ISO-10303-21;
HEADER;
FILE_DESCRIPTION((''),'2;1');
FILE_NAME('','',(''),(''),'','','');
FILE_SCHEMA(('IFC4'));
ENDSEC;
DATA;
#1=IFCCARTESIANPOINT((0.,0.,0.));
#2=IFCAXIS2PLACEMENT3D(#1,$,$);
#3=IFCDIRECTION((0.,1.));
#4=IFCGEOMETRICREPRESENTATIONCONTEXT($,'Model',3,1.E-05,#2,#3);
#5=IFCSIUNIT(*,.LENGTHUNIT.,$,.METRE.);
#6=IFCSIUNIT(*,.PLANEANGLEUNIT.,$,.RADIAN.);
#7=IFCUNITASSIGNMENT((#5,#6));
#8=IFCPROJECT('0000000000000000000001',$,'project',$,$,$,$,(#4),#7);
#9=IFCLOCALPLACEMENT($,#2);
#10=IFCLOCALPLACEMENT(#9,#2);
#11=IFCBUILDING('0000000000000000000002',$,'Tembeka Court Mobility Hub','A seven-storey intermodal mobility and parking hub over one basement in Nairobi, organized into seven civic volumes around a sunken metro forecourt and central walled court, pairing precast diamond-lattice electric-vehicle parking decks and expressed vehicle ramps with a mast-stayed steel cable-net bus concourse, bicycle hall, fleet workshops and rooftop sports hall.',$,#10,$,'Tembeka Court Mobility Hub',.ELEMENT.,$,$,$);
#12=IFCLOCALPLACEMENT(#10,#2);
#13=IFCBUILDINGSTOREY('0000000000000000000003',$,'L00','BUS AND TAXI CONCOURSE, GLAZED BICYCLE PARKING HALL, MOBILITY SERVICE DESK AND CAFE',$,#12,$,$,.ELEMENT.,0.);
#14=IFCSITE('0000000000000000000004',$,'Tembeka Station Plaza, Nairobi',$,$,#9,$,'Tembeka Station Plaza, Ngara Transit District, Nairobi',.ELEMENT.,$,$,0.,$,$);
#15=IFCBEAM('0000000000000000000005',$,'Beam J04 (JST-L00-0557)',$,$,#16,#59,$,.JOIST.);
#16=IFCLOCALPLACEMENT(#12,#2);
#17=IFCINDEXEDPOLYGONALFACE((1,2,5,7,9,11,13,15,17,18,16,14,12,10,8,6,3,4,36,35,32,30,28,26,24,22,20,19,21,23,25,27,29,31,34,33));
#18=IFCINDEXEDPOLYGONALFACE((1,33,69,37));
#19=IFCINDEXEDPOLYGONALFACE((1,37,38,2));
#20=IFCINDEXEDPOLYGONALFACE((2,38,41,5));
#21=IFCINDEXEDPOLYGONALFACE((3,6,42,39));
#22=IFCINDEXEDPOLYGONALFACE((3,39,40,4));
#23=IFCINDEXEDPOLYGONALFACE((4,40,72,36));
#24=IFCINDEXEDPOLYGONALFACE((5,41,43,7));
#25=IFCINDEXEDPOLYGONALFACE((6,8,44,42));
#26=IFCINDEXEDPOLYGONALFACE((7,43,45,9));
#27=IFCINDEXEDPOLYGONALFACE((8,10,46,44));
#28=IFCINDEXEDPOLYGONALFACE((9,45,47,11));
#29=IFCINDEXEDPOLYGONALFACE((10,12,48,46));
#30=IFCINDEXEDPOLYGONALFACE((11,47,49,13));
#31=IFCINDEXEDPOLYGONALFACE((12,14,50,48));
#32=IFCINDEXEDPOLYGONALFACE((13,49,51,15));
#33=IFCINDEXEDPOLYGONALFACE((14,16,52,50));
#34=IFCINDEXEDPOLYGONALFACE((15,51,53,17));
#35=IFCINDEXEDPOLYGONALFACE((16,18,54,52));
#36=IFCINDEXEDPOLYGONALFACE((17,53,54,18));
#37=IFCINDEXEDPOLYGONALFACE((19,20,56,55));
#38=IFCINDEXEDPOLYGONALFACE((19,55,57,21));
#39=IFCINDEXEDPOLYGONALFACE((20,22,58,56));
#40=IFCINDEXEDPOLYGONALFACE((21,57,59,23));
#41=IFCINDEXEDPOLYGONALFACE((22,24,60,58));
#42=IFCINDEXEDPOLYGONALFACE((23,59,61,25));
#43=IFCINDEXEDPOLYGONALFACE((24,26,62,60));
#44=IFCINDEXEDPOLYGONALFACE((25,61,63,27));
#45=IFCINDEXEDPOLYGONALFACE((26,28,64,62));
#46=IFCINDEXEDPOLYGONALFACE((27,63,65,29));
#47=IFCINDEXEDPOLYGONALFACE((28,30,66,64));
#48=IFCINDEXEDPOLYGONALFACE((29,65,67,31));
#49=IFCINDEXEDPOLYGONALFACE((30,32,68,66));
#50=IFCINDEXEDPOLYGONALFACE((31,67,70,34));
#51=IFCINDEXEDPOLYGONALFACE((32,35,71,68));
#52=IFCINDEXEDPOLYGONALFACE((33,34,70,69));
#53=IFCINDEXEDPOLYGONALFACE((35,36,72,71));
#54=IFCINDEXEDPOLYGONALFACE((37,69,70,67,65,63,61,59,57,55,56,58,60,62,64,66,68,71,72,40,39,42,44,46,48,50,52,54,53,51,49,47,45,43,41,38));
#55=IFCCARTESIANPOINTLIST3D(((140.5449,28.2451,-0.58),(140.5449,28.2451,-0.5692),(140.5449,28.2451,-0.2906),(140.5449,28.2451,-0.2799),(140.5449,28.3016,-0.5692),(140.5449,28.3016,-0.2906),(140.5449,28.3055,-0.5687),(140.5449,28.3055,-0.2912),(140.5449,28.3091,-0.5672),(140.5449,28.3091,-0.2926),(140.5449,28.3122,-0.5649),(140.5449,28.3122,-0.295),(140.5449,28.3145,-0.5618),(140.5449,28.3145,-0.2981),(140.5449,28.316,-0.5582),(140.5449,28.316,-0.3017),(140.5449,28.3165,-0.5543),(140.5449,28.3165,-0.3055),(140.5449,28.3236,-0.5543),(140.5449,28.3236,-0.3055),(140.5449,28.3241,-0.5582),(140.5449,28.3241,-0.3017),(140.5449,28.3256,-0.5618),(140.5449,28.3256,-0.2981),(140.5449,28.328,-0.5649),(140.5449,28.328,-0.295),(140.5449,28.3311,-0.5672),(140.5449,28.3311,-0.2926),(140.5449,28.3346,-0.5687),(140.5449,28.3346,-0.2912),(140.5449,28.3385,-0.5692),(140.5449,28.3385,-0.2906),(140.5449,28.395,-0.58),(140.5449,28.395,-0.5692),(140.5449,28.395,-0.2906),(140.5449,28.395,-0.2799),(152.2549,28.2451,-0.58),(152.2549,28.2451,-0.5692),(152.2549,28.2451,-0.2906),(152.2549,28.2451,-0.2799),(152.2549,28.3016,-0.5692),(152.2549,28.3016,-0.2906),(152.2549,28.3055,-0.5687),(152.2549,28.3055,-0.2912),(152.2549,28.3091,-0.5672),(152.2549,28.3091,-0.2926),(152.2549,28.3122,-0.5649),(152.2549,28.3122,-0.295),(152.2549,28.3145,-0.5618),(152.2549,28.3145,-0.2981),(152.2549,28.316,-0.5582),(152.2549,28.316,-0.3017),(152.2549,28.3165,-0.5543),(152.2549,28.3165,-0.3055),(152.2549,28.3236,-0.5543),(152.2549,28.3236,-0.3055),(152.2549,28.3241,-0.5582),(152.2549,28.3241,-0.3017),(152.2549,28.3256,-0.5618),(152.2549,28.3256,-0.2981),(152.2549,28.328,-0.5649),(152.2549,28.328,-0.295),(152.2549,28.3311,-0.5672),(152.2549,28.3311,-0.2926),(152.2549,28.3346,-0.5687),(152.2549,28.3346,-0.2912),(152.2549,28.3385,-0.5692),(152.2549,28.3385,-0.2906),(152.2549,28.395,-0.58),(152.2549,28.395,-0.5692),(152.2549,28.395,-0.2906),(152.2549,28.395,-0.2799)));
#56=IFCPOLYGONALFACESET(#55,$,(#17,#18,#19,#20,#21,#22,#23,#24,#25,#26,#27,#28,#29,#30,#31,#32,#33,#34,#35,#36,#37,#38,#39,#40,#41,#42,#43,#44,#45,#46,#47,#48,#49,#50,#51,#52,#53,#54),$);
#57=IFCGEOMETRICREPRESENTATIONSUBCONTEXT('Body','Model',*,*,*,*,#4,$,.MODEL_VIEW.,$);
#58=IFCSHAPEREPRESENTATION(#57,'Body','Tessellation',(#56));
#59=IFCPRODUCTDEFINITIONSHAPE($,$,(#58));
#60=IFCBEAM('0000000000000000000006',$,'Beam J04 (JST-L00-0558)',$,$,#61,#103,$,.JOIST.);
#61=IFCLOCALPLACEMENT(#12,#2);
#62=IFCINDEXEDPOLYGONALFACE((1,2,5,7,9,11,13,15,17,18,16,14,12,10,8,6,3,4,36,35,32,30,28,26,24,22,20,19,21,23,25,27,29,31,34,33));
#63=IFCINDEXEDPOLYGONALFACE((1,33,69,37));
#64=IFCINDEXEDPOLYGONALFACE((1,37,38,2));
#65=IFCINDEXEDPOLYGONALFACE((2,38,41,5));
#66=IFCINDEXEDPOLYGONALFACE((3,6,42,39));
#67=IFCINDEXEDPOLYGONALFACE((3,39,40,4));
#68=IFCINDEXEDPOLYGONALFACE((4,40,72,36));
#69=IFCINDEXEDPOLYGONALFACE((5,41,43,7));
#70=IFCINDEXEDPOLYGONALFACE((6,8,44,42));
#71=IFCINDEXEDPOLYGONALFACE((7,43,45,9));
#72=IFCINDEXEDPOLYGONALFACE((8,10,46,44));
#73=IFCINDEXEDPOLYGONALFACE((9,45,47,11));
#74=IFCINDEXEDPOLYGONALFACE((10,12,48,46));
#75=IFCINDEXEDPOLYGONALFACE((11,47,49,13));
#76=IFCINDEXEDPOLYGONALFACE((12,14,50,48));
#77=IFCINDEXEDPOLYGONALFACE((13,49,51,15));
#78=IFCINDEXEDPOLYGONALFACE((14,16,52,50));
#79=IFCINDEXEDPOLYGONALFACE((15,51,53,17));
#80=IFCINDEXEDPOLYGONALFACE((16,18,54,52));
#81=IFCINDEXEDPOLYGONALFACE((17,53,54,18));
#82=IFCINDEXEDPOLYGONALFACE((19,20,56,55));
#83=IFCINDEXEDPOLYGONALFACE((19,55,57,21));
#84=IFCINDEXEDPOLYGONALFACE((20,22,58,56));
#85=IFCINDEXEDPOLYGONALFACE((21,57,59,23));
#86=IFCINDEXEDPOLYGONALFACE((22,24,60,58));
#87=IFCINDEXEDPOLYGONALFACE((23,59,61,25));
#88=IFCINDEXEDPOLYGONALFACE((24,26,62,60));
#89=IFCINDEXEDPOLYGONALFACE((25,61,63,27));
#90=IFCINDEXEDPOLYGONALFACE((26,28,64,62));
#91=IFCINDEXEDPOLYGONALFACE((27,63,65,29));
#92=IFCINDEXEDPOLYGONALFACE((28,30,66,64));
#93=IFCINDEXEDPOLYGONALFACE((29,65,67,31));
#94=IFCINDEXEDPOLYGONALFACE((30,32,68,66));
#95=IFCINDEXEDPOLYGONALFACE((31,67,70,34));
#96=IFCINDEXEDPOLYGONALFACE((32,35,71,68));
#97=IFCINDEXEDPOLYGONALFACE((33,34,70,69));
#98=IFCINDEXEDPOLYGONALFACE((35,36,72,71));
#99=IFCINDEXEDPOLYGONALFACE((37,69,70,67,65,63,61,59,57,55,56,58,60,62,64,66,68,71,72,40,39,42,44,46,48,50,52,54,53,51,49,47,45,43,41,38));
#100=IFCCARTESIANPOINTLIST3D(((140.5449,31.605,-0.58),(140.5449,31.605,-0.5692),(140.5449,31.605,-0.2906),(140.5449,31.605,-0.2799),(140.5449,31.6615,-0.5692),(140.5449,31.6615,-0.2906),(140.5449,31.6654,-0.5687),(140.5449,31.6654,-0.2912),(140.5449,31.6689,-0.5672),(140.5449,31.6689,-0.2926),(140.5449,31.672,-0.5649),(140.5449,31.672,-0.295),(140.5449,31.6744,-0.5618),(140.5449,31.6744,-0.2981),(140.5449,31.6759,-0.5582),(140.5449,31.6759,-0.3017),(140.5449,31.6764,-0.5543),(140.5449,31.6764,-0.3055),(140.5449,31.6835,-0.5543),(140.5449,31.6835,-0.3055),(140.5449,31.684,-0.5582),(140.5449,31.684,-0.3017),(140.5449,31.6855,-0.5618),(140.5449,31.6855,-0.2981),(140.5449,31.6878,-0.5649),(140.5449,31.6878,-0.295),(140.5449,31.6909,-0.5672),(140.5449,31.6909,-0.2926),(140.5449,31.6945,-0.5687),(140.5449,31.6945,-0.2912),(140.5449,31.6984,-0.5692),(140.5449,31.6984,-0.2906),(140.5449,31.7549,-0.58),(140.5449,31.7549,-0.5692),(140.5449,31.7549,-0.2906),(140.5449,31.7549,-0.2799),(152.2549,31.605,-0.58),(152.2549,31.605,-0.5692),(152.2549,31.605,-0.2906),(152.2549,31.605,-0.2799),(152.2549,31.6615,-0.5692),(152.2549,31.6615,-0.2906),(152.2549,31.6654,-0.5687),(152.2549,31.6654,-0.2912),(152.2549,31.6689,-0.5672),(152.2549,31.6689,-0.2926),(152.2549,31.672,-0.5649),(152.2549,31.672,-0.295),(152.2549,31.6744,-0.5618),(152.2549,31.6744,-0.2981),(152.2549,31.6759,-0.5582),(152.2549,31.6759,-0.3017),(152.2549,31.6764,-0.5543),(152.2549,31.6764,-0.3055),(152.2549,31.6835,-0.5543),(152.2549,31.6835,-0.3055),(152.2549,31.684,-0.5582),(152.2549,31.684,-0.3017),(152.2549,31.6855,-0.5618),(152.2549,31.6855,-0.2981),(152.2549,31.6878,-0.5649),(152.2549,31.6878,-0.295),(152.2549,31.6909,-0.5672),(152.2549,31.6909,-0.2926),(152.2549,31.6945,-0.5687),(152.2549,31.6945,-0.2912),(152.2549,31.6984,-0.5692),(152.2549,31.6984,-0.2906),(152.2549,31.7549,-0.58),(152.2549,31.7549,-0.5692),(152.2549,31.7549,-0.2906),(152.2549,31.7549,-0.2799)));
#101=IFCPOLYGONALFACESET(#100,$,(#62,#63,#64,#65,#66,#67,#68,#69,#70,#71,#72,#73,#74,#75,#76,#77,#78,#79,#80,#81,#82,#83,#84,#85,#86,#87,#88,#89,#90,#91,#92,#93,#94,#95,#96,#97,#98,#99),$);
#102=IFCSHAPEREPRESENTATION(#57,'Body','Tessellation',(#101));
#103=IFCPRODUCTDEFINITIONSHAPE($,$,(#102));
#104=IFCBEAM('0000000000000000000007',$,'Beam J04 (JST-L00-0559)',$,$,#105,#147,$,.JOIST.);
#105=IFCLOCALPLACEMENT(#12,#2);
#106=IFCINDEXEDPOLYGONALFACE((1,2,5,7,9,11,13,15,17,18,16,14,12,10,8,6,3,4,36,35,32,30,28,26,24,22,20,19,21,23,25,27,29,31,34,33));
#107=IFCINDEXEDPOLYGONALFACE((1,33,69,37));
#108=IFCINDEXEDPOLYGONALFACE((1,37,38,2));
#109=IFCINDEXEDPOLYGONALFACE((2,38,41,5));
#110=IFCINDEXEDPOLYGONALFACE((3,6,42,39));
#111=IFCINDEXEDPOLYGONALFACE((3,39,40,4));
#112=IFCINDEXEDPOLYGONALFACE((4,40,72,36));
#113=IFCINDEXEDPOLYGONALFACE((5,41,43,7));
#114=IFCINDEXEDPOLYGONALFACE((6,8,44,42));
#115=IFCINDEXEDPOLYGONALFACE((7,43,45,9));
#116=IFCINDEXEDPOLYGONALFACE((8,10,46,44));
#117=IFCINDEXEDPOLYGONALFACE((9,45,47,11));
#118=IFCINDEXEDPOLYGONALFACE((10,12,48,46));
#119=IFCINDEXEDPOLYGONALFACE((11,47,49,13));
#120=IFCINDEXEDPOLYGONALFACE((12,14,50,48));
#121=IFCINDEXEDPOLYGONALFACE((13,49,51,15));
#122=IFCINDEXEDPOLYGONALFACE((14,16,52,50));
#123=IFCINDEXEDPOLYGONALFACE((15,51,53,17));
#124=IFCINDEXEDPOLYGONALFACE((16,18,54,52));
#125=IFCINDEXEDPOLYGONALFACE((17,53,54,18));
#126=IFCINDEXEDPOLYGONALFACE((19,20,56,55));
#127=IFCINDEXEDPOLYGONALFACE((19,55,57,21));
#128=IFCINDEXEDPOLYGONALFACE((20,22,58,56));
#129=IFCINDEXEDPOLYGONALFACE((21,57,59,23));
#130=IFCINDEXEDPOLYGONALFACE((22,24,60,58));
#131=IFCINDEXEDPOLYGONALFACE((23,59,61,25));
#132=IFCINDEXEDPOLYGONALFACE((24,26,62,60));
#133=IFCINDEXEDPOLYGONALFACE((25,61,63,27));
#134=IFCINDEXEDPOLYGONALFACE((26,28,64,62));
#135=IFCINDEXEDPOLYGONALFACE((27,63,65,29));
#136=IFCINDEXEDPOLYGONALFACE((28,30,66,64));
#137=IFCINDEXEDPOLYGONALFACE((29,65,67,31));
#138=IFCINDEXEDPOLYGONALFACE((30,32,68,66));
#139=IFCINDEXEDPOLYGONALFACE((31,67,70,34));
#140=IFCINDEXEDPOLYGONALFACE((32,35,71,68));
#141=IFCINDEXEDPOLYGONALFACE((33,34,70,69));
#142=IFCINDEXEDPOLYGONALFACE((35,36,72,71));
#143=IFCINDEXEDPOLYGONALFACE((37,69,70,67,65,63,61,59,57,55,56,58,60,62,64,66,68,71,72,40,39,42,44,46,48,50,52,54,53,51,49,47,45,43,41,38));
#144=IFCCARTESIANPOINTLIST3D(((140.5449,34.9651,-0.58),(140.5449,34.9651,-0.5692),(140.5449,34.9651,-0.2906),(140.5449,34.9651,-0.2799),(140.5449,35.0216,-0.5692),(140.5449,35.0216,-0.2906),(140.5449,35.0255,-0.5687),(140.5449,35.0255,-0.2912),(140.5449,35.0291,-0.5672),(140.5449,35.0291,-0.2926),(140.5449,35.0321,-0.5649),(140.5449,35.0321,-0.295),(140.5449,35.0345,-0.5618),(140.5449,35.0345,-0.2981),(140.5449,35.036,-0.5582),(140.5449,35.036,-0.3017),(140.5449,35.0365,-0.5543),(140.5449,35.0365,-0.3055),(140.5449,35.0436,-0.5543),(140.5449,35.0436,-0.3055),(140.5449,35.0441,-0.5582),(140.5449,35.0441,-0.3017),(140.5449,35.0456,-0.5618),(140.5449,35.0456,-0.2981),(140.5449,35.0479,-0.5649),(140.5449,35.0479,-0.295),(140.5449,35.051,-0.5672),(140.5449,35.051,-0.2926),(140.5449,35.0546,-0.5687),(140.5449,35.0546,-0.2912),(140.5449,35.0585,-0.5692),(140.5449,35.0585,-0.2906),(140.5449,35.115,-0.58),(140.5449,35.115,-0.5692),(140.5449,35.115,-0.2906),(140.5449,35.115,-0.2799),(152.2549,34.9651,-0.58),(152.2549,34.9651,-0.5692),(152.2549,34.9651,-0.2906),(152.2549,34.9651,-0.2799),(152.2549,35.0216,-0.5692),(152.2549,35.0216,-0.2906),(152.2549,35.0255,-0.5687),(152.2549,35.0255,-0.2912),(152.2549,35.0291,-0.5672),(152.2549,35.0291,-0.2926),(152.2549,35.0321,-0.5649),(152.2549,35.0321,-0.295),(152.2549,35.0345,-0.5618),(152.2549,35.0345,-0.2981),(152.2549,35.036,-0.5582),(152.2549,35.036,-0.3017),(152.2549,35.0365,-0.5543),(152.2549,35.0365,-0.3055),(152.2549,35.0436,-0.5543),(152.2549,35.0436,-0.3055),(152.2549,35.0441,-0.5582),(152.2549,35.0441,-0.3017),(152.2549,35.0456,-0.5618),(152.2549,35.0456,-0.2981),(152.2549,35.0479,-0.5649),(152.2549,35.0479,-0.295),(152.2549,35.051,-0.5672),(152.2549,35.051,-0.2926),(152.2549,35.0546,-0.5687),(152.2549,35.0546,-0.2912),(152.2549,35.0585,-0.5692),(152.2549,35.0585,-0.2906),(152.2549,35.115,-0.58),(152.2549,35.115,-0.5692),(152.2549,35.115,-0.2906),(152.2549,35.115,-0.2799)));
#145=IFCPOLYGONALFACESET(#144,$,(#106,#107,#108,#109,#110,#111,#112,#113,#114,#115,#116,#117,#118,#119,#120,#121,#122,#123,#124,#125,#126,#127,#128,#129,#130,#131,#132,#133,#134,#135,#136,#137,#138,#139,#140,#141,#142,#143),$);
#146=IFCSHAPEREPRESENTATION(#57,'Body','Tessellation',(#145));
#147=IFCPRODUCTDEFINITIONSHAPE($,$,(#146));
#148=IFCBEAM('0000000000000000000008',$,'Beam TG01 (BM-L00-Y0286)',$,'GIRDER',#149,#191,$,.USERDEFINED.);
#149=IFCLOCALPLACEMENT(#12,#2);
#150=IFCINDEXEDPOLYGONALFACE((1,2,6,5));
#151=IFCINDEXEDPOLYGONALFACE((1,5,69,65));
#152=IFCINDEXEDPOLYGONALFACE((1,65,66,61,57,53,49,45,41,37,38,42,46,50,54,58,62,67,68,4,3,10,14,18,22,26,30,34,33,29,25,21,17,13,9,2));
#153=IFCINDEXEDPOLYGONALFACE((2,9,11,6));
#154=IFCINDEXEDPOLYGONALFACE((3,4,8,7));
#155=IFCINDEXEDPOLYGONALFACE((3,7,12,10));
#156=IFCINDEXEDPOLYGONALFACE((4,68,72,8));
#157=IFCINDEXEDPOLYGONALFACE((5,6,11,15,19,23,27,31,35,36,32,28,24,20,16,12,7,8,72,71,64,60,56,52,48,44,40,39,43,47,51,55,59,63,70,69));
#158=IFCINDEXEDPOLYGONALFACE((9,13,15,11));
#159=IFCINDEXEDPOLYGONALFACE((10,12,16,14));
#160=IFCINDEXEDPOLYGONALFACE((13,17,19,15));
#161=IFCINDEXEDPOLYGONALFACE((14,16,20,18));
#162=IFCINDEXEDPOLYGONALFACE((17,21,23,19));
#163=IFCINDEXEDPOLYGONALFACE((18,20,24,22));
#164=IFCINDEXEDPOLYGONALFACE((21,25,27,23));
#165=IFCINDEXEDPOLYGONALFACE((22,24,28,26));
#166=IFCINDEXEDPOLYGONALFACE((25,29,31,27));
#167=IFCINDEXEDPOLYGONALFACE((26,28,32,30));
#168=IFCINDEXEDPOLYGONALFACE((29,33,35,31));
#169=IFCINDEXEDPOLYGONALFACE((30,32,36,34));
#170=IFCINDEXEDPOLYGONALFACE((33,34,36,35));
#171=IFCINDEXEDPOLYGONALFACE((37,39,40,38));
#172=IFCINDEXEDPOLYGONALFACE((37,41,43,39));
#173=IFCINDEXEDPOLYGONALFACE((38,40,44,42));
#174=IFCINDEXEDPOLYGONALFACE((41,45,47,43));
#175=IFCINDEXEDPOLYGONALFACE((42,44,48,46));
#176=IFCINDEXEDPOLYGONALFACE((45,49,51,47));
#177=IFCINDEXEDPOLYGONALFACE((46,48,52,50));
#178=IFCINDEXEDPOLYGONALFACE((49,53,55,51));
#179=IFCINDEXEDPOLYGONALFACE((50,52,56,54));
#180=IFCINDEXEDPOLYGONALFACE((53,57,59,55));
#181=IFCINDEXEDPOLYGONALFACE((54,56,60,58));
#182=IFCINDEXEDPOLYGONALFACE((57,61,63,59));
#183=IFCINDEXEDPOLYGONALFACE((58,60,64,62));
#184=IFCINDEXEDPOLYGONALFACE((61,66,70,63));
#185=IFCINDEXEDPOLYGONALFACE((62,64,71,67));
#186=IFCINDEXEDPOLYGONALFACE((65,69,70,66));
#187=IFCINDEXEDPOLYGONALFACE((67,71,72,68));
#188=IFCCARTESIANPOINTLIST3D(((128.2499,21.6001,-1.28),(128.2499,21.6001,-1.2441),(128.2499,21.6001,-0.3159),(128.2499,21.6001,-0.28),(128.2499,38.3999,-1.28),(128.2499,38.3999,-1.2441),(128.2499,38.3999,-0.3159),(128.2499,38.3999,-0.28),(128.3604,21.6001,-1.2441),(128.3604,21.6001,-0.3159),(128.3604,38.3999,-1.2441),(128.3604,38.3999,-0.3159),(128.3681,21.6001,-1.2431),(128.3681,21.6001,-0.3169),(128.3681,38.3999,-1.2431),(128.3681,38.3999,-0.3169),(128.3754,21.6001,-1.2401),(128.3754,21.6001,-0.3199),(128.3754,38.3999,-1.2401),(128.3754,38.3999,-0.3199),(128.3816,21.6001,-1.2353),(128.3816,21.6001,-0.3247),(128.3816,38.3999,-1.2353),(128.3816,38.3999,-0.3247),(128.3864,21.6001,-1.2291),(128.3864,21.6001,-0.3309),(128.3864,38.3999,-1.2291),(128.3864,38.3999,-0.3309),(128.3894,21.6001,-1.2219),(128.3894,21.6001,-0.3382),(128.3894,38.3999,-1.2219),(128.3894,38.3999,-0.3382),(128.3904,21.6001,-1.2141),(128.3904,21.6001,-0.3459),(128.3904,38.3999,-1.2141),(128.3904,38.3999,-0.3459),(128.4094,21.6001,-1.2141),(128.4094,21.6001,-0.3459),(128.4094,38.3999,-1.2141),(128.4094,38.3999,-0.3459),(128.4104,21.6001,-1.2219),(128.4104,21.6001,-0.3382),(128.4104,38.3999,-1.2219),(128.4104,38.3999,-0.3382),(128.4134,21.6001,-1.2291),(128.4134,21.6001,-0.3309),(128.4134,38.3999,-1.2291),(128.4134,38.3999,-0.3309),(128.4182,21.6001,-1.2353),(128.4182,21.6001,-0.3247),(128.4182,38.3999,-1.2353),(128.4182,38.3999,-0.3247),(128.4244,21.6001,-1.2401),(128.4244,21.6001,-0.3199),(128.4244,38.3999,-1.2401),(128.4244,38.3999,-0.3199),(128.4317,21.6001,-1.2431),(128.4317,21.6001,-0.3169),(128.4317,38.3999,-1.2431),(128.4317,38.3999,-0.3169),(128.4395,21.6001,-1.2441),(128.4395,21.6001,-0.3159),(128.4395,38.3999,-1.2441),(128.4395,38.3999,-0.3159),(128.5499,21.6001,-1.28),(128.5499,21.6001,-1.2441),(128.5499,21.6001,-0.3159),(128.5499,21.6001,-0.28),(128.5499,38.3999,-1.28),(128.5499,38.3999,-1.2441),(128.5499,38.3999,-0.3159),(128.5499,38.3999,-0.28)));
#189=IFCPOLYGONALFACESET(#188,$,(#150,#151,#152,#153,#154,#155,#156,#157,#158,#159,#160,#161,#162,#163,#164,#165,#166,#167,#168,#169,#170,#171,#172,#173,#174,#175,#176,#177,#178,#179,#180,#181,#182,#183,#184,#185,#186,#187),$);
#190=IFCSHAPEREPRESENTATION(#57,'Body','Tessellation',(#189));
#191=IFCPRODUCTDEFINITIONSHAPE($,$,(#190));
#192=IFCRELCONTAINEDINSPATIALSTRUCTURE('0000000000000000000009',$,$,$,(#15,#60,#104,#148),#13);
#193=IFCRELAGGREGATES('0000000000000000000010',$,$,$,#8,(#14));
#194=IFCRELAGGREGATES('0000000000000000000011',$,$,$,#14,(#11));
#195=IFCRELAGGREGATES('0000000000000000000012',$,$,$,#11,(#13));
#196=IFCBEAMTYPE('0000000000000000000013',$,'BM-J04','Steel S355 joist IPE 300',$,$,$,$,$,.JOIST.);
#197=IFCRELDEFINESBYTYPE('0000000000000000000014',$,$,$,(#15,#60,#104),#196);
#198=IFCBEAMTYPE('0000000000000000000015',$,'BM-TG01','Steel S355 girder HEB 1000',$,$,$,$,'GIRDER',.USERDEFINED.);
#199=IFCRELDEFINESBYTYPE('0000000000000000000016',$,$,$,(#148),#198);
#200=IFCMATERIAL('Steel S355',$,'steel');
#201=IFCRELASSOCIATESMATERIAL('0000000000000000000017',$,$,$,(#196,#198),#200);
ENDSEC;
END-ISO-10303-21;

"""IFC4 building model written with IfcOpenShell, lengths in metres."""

from ifc_helpers import new_model, si_unit, direction, frame, origin, origin_2d, place, context, subcontext, project, spatial, i_section, extrude, material, material_profile, profile_set, type_object, element, save


model = new_model("IFC4")

# Units and contexts
model_context = context("Model", 3, precision=1e-05, world=origin(), true_north=direction((0.0, 1.0)))
body_context = subcontext(model_context, "Body", "Model", "MODEL_VIEW")
ifc_project = project(units=[si_unit("LENGTHUNIT", "METRE"), si_unit("PLANEANGLEUNIT", "RADIAN")], contexts=[model_context])

# Site, building, storey
site_placement = place(None, origin())
site = spatial("IfcSite", under=ifc_project, at=site_placement, Name="Tembeka Station Plaza, Nairobi", LongName="Tembeka Station Plaza, Ngara Transit District, Nairobi", CompositionType="ELEMENT", RefElevation=0.0)
building_placement = place(site_placement, origin())
building = spatial("IfcBuilding", under=site, at=building_placement, Name="Tembeka Court Mobility Hub", Description="A seven-storey intermodal mobility and parking hub over one basement in Nairobi, organized into seven civic volumes around a sunken metro forecourt and central walled court, pairing precast diamond-lattice electric-vehicle parking decks and expressed vehicle ramps with a mast-stayed steel cable-net bus concourse, bicycle hall, fleet workshops and rooftop sports hall.", LongName="Tembeka Court Mobility Hub", CompositionType="ELEMENT")
storey_placement = place(building_placement, origin())
storey = spatial("IfcBuildingStorey", under=building, at=storey_placement, Name="L00", Description="BUS AND TAXI CONCOURSE, GLAZED BICYCLE PARKING HALL, MOBILITY SERVICE DESK AND CAFE", CompositionType="ELEMENT", Elevation=0.0)

# Shared definitions
ifc_material_1 = material(Name="Steel S355", Category="steel")

# Beams
ifc_material_profile_1 = material_profile(ifc_material_1, i_section(OverallWidth=0.1499, OverallDepth=0.3, WebThickness=0.0071, FlangeThickness=0.0107, FilletRadius=0.0149, at=origin_2d()), Name="IPE 300")
ifc_profile_set_1 = profile_set([ifc_material_profile_1], Name="Steel S355")
beam_type_1 = type_object("IfcBeamType", Name="BM-J04", Description="Steel S355 joist IPE 300", PredefinedType="JOIST", material=ifc_profile_set_1)
for number, where, z_axis, x_axis, name in (
    (1, (140.5449, 28.3201, -0.4299), (1.0, 0.0, 0.0), (0.0, 1.0, 0.0), "Beam J04 (JST-L00-0557)"),
    (2, (140.5449, 31.6799, -0.4299), (1.0, 0.0, 0.0), (0.0, 1.0, 0.0), "Beam J04 (JST-L00-0558)"),
    (3, (140.5449, 35.04, -0.4299), (1.0, 0.0, 0.0), (0.0, 1.0, 0.0), "Beam J04 (JST-L00-0559)"),
):
    element("IfcBeam", number, at=place(storey_placement, frame(where, z_axis=z_axis, x_axis=x_axis)), inside=storey, type_object=beam_type_1, Name=name, PredefinedType="JOIST", context=body_context, shape_type="SweptSolid", body=[
        extrude(i_section(OverallWidth=0.1499, OverallDepth=0.3, WebThickness=0.0071, FlangeThickness=0.0107, FilletRadius=0.0149, at=origin_2d()), origin(), (0.0, 0.0, 1.0), 11.71),
    ])
ifc_material_profile_2 = material_profile(ifc_material_1, i_section(OverallWidth=0.3, OverallDepth=1.0, WebThickness=0.019, FlangeThickness=0.0359, FilletRadius=0.03, at=origin_2d()), Name="HEB 1000")
ifc_profile_set_2 = profile_set([ifc_material_profile_2], Name="Steel S355")
beam_type_2 = type_object("IfcBeamType", Name="BM-TG01", Description="Steel S355 girder HEB 1000", ElementType="GIRDER", PredefinedType="USERDEFINED", material=ifc_profile_set_2)
for number, where, z_axis, x_axis, name in (
    (4, (128.3999, 21.6001, -0.78), (0.0, 1.0, 0.0), (-1.0, 0.0, 0.0), "Beam TG01 (BM-L00-Y0286)"),
):
    element("IfcBeam", number, at=place(storey_placement, frame(where, z_axis=z_axis, x_axis=x_axis)), inside=storey, type_object=beam_type_2, Name=name, ObjectType="GIRDER", PredefinedType="USERDEFINED", context=body_context, shape_type="SweptSolid", body=[
        extrude(i_section(OverallWidth=0.3, OverallDepth=1.0, WebThickness=0.019, FlangeThickness=0.0359, FilletRadius=0.03, at=origin_2d()), origin(), (0.0, 0.0, 1.0), 16.7998),
    ])

save(model, "model.ifc")
